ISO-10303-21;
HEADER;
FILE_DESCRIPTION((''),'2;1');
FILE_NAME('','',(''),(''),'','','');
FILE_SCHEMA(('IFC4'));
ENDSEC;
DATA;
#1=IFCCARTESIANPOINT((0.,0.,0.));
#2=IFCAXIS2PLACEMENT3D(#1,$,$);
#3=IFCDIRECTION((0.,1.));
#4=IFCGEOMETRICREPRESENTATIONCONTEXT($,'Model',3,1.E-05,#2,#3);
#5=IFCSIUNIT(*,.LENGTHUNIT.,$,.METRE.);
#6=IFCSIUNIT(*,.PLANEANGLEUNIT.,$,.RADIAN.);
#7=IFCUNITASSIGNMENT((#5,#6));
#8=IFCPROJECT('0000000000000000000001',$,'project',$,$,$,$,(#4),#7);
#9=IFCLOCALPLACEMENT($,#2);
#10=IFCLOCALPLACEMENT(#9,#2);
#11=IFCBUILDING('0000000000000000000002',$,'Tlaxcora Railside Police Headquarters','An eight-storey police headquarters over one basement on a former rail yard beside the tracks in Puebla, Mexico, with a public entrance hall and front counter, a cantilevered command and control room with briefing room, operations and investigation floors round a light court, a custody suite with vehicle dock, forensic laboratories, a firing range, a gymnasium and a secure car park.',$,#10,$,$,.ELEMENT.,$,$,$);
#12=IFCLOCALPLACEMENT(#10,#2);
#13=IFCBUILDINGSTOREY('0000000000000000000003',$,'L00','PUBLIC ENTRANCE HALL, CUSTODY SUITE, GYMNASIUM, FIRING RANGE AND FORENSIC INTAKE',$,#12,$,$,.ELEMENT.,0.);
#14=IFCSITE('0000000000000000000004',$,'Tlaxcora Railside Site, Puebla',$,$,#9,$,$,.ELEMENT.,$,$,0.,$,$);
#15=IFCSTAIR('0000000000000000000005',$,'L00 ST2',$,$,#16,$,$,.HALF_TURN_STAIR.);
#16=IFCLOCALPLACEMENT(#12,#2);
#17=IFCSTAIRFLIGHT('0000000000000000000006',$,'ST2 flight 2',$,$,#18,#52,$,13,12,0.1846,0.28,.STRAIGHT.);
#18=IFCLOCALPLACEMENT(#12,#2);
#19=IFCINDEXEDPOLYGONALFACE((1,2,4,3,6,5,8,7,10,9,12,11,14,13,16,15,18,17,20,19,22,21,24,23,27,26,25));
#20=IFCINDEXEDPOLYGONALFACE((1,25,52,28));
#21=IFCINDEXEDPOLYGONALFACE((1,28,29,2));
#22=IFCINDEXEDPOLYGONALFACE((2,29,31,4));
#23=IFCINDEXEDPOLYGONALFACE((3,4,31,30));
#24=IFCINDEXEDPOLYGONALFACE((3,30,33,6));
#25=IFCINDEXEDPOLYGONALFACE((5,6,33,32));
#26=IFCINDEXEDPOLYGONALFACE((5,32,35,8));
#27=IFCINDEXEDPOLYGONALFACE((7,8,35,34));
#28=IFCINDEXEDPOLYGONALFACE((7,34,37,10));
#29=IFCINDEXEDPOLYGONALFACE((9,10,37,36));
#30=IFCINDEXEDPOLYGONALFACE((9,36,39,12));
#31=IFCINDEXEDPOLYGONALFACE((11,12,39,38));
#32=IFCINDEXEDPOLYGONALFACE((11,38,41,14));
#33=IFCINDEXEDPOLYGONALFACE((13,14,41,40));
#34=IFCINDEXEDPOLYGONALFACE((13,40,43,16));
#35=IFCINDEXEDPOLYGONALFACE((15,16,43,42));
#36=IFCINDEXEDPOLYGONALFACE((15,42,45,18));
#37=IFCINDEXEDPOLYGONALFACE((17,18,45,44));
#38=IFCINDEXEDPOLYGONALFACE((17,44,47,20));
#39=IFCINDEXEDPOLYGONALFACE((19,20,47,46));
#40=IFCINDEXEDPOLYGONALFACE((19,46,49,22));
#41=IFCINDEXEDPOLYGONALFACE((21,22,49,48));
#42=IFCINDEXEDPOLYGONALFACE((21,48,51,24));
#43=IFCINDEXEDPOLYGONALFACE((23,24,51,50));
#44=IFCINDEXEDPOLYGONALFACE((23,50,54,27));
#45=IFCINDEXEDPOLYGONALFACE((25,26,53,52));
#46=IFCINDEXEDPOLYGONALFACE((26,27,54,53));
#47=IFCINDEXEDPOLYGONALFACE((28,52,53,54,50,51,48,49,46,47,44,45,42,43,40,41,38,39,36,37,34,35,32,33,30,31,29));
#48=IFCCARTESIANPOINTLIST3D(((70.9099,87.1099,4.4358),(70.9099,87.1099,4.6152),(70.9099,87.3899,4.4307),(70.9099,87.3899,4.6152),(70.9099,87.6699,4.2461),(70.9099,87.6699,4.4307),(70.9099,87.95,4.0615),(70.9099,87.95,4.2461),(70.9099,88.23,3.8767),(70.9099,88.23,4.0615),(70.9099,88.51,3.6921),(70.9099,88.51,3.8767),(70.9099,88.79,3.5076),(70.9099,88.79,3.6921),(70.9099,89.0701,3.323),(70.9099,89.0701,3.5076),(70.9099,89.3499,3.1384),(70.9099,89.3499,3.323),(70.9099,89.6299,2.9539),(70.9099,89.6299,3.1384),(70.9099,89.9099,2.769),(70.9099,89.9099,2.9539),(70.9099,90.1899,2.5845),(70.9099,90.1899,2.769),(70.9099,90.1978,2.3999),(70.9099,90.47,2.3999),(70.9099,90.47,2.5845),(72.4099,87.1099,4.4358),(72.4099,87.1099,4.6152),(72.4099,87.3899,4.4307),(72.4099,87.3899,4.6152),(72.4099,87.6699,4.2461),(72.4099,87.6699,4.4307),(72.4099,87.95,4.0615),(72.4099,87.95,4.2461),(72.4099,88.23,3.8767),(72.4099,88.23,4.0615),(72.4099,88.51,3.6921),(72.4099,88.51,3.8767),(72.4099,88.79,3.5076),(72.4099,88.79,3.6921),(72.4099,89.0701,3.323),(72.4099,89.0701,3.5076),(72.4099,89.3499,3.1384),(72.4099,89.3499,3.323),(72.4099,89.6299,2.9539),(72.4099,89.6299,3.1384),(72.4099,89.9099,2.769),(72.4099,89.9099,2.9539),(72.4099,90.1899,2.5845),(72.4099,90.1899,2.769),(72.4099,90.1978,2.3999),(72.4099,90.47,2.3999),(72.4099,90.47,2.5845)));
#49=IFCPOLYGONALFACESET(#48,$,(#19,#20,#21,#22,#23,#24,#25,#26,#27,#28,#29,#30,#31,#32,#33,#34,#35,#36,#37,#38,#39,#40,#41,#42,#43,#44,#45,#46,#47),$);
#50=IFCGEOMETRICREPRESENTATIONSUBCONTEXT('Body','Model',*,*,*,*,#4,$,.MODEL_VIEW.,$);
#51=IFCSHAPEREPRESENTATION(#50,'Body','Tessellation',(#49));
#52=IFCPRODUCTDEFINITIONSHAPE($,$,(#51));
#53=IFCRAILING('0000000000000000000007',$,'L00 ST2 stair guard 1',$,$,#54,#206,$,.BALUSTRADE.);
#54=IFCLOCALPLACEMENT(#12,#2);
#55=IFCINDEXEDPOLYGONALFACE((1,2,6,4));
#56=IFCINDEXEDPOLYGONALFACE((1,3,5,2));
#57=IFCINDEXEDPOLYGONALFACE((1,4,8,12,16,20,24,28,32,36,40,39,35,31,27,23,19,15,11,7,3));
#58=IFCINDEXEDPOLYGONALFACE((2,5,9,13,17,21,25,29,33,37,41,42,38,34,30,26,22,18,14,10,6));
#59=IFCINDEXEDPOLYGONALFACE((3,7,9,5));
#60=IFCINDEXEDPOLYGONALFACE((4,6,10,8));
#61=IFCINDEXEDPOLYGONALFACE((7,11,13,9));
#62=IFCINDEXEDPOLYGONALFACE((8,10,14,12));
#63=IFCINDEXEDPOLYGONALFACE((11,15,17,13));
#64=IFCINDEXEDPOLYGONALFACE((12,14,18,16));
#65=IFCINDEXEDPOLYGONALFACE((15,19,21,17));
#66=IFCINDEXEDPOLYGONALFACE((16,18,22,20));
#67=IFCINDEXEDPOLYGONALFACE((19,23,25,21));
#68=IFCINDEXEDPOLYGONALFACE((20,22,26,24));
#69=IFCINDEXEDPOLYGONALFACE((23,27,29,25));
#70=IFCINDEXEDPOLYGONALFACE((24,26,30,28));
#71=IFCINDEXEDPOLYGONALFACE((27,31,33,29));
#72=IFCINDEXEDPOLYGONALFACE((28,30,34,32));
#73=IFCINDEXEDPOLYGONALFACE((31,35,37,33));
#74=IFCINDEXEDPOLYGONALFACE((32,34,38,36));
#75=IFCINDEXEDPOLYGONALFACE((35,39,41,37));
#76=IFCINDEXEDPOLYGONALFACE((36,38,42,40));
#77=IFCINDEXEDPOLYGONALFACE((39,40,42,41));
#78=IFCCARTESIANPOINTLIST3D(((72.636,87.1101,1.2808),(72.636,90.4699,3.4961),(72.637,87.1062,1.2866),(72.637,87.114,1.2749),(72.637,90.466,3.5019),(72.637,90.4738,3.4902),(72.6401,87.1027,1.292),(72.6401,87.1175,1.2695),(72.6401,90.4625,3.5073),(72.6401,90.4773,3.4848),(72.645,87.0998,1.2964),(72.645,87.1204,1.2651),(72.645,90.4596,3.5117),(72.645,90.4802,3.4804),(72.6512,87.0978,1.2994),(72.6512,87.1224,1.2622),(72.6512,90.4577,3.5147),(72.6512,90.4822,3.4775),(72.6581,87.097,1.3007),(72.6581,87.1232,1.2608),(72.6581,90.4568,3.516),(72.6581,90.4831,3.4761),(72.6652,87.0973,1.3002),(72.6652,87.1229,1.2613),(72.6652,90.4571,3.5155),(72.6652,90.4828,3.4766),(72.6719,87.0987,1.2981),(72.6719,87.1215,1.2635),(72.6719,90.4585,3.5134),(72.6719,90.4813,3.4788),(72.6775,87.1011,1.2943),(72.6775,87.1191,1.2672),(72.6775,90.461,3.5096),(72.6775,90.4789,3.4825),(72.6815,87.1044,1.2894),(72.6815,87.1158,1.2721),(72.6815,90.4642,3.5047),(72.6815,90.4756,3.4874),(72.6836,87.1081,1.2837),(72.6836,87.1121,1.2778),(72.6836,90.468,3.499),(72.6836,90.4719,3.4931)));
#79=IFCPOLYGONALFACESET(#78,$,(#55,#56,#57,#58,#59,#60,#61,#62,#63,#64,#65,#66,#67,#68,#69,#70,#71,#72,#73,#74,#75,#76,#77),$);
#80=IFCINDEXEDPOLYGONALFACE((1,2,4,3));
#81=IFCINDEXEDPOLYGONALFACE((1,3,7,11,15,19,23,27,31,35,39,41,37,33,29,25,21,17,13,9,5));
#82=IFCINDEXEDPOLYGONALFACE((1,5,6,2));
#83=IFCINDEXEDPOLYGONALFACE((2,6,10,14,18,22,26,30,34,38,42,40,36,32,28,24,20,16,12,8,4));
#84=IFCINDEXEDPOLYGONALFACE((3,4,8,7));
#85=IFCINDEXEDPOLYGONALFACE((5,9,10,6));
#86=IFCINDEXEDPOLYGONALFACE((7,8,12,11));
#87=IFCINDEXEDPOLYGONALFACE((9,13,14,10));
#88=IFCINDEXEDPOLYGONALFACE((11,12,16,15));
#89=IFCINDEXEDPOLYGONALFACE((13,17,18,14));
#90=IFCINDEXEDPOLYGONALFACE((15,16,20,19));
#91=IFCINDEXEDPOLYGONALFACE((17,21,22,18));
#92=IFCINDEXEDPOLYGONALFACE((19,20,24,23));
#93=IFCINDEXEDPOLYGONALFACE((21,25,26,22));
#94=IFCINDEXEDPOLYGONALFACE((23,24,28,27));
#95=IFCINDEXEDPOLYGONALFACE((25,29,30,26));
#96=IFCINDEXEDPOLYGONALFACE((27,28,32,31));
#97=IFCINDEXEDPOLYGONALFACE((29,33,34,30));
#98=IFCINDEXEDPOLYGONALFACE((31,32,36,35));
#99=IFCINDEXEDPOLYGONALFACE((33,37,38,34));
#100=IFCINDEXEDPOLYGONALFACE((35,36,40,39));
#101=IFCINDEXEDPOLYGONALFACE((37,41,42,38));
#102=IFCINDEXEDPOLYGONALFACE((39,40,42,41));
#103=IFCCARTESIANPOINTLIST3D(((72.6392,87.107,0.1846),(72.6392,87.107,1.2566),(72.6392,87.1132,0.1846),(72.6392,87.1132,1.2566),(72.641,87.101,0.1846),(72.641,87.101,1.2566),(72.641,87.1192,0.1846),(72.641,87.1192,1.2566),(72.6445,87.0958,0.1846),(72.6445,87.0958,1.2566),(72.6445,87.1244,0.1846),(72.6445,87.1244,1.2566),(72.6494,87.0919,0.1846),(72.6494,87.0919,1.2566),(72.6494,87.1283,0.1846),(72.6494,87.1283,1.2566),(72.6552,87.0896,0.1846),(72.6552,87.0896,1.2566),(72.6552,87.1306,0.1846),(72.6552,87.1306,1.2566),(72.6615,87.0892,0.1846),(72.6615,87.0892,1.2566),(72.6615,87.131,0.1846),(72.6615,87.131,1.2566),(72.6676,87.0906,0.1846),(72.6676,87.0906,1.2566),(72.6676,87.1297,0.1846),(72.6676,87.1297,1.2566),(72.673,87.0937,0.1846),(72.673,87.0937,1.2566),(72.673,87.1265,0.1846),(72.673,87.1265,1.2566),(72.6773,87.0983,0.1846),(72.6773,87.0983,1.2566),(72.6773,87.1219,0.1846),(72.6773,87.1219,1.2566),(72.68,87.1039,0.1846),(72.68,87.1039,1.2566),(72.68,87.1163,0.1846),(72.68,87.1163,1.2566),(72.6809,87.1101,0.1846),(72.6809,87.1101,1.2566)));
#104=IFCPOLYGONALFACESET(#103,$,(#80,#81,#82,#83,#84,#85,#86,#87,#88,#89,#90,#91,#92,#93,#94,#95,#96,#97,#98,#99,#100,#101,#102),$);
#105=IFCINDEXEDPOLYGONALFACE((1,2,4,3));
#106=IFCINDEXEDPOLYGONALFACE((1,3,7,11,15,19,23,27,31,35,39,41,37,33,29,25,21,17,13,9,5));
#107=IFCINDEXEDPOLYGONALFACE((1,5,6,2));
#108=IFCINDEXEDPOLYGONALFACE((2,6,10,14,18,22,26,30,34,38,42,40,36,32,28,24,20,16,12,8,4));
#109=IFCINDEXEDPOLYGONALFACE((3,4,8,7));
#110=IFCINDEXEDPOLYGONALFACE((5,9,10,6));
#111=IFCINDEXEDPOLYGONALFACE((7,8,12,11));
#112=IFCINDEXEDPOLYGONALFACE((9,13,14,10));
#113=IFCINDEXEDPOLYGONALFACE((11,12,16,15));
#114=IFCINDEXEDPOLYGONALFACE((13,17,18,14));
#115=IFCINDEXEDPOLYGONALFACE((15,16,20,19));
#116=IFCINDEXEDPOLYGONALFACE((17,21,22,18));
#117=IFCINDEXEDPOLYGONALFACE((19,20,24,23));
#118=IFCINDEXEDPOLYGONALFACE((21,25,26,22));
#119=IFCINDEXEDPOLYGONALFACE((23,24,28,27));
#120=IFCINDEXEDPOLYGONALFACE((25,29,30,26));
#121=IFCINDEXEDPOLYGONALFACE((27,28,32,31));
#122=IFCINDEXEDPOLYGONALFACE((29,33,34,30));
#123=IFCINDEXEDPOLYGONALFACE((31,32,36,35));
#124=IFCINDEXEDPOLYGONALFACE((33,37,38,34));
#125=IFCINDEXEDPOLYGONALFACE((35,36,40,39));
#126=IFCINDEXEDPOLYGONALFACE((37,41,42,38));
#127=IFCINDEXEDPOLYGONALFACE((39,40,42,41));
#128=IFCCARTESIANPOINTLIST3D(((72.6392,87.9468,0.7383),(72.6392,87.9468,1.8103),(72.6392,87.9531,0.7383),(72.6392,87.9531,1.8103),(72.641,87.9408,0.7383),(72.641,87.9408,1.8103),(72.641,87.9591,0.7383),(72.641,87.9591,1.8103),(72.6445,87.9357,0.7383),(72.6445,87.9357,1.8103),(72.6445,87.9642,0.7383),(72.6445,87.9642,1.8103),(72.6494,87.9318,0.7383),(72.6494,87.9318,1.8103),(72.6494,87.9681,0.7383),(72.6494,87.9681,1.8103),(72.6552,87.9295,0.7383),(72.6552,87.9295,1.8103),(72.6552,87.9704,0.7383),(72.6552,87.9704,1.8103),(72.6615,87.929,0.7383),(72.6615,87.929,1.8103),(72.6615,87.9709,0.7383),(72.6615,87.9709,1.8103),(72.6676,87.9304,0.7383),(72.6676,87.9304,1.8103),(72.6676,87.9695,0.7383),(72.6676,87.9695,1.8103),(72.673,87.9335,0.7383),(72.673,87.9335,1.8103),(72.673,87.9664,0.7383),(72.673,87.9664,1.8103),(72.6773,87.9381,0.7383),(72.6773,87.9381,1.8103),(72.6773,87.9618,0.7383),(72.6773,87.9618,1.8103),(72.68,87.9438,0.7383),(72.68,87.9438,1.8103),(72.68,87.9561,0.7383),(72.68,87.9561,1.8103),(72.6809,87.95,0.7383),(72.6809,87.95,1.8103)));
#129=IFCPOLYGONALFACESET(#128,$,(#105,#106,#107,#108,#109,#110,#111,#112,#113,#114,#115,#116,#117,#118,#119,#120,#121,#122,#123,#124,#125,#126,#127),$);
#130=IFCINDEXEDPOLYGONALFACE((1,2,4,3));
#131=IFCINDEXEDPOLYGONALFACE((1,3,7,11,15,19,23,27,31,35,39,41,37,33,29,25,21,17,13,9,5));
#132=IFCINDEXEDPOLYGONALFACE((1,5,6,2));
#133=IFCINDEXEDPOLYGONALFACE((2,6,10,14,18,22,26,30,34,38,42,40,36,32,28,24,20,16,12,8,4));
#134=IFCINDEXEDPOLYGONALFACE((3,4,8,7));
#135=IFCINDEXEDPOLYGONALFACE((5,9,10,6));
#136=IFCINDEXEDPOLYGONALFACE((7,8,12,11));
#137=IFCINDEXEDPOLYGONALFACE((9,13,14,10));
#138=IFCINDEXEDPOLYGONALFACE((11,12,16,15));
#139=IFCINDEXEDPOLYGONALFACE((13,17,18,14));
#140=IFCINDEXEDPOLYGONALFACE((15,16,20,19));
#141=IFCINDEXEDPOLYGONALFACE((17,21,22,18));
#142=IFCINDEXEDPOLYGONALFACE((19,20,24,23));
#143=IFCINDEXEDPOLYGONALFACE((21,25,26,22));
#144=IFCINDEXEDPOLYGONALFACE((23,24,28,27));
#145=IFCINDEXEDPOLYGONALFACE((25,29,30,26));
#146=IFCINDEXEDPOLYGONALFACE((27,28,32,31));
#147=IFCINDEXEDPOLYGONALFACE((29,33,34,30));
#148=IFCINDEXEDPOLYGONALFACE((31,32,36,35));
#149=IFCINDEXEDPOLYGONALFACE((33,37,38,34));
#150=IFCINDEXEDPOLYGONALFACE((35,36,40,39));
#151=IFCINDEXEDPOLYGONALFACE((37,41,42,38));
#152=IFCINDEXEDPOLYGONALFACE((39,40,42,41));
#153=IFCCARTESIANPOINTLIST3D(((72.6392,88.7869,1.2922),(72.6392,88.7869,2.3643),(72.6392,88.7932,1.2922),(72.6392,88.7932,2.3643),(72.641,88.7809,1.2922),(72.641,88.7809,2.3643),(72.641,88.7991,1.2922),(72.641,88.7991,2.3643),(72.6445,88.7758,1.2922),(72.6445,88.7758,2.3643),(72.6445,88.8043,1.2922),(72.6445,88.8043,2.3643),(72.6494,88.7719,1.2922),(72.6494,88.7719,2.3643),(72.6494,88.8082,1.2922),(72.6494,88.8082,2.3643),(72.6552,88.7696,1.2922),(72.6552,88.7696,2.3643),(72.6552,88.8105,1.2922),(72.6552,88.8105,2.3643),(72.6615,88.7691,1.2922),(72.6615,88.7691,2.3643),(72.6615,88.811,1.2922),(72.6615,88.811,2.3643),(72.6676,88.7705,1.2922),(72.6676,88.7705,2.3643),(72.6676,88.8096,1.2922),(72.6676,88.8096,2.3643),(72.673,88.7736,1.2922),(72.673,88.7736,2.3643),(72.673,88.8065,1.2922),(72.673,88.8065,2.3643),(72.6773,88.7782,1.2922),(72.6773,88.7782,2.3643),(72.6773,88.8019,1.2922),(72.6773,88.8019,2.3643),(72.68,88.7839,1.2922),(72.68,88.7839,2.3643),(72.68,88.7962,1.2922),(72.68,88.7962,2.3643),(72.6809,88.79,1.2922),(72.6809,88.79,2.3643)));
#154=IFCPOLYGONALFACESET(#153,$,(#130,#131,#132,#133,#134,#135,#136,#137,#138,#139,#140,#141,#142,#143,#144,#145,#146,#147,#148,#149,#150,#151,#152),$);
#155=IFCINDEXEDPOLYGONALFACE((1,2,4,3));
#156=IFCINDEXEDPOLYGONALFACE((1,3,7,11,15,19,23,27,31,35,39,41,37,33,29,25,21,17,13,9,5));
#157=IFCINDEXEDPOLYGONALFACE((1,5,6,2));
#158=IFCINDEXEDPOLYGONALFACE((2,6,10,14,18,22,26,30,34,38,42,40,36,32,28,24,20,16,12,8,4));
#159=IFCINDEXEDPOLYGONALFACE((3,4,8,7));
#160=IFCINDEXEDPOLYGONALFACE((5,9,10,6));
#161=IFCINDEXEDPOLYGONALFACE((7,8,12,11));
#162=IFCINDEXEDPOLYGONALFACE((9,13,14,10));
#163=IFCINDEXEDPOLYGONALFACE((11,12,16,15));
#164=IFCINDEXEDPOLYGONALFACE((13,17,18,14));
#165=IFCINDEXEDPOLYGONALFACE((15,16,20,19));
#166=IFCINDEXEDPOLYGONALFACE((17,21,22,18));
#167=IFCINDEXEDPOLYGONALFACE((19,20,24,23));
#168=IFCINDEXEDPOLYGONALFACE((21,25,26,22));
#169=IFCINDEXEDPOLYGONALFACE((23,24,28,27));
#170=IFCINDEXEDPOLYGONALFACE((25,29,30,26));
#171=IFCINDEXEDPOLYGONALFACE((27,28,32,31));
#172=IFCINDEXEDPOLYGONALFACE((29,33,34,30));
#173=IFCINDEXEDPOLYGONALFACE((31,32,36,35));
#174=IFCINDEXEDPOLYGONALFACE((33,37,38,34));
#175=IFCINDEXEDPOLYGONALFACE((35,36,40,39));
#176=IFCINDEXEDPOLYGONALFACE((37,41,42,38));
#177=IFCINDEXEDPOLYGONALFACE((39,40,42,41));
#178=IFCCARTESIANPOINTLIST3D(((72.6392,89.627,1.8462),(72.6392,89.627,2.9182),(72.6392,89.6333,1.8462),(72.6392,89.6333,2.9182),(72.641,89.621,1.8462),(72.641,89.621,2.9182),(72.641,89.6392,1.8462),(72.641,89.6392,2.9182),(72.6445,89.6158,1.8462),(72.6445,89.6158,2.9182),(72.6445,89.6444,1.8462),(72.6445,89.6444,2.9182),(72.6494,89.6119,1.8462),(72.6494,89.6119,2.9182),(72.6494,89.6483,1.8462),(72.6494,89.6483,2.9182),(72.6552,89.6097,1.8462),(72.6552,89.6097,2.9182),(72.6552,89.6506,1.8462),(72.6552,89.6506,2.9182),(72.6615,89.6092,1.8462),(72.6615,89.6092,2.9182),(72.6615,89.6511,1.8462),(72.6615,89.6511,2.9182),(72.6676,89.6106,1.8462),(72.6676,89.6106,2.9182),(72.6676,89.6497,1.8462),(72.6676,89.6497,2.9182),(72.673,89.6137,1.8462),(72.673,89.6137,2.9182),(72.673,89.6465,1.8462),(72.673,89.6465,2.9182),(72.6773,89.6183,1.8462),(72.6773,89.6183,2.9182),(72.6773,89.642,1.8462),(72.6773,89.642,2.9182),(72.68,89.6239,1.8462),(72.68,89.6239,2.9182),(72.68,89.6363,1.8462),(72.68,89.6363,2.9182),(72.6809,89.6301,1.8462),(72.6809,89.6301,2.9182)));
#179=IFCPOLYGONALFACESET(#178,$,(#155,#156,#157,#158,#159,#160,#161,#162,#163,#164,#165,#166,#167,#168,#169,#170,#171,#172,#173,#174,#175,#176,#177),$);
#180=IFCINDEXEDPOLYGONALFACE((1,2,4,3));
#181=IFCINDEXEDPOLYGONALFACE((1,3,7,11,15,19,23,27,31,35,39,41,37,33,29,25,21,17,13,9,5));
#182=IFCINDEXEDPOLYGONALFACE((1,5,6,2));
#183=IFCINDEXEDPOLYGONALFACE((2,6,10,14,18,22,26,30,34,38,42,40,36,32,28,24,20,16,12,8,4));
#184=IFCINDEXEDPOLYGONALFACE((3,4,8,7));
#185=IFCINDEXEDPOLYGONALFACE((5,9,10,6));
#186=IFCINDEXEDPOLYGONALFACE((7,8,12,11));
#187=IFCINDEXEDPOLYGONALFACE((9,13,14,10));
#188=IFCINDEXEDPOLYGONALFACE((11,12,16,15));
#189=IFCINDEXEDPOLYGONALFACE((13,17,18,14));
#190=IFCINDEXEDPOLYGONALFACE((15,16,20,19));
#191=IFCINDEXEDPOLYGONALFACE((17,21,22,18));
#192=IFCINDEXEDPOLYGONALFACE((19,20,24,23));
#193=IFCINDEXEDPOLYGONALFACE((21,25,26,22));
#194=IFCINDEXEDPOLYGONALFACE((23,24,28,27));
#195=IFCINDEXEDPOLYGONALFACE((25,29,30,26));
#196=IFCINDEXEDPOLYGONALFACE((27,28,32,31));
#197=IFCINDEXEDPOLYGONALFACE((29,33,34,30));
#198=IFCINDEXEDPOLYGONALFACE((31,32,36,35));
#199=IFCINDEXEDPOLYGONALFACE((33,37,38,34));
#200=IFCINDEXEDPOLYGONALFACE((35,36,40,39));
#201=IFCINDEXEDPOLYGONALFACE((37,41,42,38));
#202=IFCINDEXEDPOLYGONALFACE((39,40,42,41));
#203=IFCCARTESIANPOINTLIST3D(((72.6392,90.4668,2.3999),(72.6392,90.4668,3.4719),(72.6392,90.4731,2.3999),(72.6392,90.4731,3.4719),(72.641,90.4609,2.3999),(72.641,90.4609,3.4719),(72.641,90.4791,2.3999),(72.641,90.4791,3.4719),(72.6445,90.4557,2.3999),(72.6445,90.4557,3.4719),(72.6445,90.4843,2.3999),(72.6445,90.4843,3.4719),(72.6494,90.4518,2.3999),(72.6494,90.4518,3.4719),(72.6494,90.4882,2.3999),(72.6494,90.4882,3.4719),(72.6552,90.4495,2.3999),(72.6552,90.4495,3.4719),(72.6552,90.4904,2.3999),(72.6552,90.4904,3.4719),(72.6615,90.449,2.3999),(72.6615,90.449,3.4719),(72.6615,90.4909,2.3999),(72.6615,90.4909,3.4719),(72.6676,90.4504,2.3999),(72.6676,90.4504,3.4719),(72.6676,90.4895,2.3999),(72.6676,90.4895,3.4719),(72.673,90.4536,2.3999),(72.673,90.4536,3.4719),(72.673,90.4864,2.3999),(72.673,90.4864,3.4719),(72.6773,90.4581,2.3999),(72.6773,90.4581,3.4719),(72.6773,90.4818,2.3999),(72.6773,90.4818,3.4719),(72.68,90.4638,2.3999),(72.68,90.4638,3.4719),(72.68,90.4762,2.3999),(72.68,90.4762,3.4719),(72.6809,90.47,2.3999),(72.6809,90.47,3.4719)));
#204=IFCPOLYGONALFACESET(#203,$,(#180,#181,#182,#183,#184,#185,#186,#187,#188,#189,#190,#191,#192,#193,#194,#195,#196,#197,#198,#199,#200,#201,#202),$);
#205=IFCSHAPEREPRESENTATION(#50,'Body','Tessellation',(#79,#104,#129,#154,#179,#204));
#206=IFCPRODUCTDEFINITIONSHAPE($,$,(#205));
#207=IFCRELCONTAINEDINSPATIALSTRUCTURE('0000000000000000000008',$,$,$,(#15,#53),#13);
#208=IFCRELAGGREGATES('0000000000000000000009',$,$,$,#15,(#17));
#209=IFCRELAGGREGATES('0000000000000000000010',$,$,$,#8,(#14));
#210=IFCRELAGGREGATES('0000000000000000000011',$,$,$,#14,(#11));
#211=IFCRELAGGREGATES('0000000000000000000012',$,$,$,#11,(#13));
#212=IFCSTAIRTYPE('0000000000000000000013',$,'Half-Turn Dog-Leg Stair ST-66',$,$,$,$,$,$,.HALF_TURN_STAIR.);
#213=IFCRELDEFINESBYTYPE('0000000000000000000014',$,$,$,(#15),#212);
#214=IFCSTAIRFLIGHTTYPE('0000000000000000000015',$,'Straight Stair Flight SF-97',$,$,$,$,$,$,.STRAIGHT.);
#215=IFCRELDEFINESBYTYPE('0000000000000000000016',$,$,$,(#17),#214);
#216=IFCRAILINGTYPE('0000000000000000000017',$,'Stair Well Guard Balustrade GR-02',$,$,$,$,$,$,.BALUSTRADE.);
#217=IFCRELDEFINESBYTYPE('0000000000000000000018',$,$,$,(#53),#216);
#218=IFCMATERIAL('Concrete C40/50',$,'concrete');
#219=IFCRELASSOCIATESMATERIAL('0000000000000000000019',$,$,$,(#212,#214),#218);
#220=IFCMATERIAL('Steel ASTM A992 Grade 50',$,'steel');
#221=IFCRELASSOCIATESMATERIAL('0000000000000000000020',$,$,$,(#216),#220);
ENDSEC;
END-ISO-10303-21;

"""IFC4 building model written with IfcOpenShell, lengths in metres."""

from ifc_helpers import new_model, si_unit, direction, frame, origin, origin_2d, place, context, subcontext, project, spatial, polyline, circle, outline, extrude, material, type_object, element, aggregate, save


model = new_model("IFC4")

# Units and contexts
model_context = context("Model", 3, precision=1e-05, world=origin(), true_north=direction((0.0, 1.0)))
body_context = subcontext(model_context, "Body", "Model", "MODEL_VIEW")
ifc_project = project(units=[si_unit("LENGTHUNIT", "METRE"), si_unit("PLANEANGLEUNIT", "RADIAN")], contexts=[model_context])

# Site, building, storey
site_placement = place(None, origin())
site = spatial("IfcSite", under=ifc_project, at=site_placement, Name="Tlaxcora Railside Site, Puebla", CompositionType="ELEMENT", RefElevation=0.0)
building_placement = place(site_placement, origin())
building = spatial("IfcBuilding", under=site, at=building_placement, Name="Tlaxcora Railside Police Headquarters", Description="An eight-storey police headquarters over one basement on a former rail yard beside the tracks in Puebla, Mexico, with a public entrance hall and front counter, a cantilevered command and control room with briefing room, operations and investigation floors round a light court, a custody suite with vehicle dock, forensic laboratories, a firing range, a gymnasium and a secure car park.", CompositionType="ELEMENT")
storey_placement = place(building_placement, origin())
storey = spatial("IfcBuildingStorey", under=building, at=storey_placement, Name="L00", Description="PUBLIC ENTRANCE HALL, CUSTODY SUITE, GYMNASIUM, FIRING RANGE AND FORENSIC INTAKE", CompositionType="ELEMENT", Elevation=0.0)

# Shared definitions
ifc_material_1 = material(Name="Concrete C40/50", Category="concrete")

# Shared definitions
ifc_material_2 = material(Name="Steel ASTM A992 Grade 50", Category="steel")

# Stair, stair flight
stair_type = type_object("IfcStairType", Name="Half-Turn Dog-Leg Stair ST-66", PredefinedType="HALF_TURN_STAIR", material=ifc_material_1)
stair_placement = place(storey_placement, origin())
stair = element("IfcStair", 1, at=stair_placement, inside=storey, type_object=stair_type, Name="L00 ST2", PredefinedType="HALF_TURN_STAIR")
stair_flight_type = type_object("IfcStairFlightType", Name="Straight Stair Flight SF-97", PredefinedType="STRAIGHT", material=ifc_material_1)
stair_flight_1_placement = place(storey_placement, frame((71.6599, 90.47, 2.3999), z_axis=(0.0, 0.0, 1.0), x_axis=(0.0, -1.0, 0.0)))
stair_flight_1 = element("IfcStairFlight", 2, at=stair_flight_1_placement, type_object=stair_flight_type, Name="ST2 flight 2", NumberOfRisers=13, NumberOfTreads=12, PredefinedType="STRAIGHT", RiserHeight=0.1846, TreadLength=0.28, context=body_context, shape_type="SweptSolid", body=[
    extrude(outline(polyline([(0.0, 0.0), (0.0, 0.1846), (0.28, 0.1846), (0.28, 0.3691), (0.5601, 0.3691), (0.5601, 0.554), (0.8401, 0.554), (0.8401, 0.7385), (1.1201, 0.7385), (1.1201, 0.9231), (1.3999, 0.9231), (1.3999, 1.1077), (1.6799, 1.1077), (1.6799, 1.2922), (1.96, 1.2922), (1.96, 1.4768), (2.24, 1.4768), (2.24, 1.6616), (2.52, 1.6616), (2.52, 1.8462), (2.8, 1.8462), (2.8, 2.0308), (3.0801, 2.0308), (3.0801, 2.2153), (3.3601, 2.2153), (3.3601, 2.3999), (3.3601, 2.0359), (0.2722, 0.0), (0.0, 0.0)])), frame((0.0, 0.75, 0.0), z_axis=(0.0, -1.0, 0.0), x_axis=(1.0, 0.0, 0.0)), (0.0, 0.0, 1.0), 1.5),
])
aggregate(stair, [stair_flight_1])

# Railing
railing_type_1 = type_object("IfcRailingType", Name="Stair Well Guard Balustrade GR-02", PredefinedType="BALUSTRADE", material=ifc_material_2)
railing_1_placement = place(storey_placement, frame((72.6599, 87.1101, 0.1846)))
element("IfcRailing", 3, at=railing_1_placement, inside=storey, type_object=railing_type_1, Name="L00 ST2 stair guard 1", PredefinedType="BALUSTRADE", context=body_context, shape_type="SweptSolid", body=[
    extrude(circle(Radius=0.0239, at=origin_2d()), frame((0.0, 0.0, 1.0962), z_axis=(0.0, 0.834858, 0.550465), x_axis=(-1.0, 0.0, 0.0)), (0.0, 0.0, 1.0), 4.0244),
    extrude(circle(Radius=0.021, at=origin_2d()), origin(), (0.0, 0.0, 1.0), 1.072),
    extrude(circle(Radius=0.021, at=origin_2d()), frame((0.0, 0.8398, 0.5537)), (0.0, 0.0, 1.0), 1.072),
    extrude(circle(Radius=0.021, at=origin_2d()), frame((0.0, 1.6799, 1.1077)), (0.0, 0.0, 1.0), 1.072),
    extrude(circle(Radius=0.021, at=origin_2d()), frame((0.0, 2.52, 1.6616)), (0.0, 0.0, 1.0), 1.072),
    extrude(circle(Radius=0.021, at=origin_2d()), frame((0.0, 3.3599, 2.2153)), (0.0, 0.0, 1.0), 1.072),
])

save(model, "model.ifc")
